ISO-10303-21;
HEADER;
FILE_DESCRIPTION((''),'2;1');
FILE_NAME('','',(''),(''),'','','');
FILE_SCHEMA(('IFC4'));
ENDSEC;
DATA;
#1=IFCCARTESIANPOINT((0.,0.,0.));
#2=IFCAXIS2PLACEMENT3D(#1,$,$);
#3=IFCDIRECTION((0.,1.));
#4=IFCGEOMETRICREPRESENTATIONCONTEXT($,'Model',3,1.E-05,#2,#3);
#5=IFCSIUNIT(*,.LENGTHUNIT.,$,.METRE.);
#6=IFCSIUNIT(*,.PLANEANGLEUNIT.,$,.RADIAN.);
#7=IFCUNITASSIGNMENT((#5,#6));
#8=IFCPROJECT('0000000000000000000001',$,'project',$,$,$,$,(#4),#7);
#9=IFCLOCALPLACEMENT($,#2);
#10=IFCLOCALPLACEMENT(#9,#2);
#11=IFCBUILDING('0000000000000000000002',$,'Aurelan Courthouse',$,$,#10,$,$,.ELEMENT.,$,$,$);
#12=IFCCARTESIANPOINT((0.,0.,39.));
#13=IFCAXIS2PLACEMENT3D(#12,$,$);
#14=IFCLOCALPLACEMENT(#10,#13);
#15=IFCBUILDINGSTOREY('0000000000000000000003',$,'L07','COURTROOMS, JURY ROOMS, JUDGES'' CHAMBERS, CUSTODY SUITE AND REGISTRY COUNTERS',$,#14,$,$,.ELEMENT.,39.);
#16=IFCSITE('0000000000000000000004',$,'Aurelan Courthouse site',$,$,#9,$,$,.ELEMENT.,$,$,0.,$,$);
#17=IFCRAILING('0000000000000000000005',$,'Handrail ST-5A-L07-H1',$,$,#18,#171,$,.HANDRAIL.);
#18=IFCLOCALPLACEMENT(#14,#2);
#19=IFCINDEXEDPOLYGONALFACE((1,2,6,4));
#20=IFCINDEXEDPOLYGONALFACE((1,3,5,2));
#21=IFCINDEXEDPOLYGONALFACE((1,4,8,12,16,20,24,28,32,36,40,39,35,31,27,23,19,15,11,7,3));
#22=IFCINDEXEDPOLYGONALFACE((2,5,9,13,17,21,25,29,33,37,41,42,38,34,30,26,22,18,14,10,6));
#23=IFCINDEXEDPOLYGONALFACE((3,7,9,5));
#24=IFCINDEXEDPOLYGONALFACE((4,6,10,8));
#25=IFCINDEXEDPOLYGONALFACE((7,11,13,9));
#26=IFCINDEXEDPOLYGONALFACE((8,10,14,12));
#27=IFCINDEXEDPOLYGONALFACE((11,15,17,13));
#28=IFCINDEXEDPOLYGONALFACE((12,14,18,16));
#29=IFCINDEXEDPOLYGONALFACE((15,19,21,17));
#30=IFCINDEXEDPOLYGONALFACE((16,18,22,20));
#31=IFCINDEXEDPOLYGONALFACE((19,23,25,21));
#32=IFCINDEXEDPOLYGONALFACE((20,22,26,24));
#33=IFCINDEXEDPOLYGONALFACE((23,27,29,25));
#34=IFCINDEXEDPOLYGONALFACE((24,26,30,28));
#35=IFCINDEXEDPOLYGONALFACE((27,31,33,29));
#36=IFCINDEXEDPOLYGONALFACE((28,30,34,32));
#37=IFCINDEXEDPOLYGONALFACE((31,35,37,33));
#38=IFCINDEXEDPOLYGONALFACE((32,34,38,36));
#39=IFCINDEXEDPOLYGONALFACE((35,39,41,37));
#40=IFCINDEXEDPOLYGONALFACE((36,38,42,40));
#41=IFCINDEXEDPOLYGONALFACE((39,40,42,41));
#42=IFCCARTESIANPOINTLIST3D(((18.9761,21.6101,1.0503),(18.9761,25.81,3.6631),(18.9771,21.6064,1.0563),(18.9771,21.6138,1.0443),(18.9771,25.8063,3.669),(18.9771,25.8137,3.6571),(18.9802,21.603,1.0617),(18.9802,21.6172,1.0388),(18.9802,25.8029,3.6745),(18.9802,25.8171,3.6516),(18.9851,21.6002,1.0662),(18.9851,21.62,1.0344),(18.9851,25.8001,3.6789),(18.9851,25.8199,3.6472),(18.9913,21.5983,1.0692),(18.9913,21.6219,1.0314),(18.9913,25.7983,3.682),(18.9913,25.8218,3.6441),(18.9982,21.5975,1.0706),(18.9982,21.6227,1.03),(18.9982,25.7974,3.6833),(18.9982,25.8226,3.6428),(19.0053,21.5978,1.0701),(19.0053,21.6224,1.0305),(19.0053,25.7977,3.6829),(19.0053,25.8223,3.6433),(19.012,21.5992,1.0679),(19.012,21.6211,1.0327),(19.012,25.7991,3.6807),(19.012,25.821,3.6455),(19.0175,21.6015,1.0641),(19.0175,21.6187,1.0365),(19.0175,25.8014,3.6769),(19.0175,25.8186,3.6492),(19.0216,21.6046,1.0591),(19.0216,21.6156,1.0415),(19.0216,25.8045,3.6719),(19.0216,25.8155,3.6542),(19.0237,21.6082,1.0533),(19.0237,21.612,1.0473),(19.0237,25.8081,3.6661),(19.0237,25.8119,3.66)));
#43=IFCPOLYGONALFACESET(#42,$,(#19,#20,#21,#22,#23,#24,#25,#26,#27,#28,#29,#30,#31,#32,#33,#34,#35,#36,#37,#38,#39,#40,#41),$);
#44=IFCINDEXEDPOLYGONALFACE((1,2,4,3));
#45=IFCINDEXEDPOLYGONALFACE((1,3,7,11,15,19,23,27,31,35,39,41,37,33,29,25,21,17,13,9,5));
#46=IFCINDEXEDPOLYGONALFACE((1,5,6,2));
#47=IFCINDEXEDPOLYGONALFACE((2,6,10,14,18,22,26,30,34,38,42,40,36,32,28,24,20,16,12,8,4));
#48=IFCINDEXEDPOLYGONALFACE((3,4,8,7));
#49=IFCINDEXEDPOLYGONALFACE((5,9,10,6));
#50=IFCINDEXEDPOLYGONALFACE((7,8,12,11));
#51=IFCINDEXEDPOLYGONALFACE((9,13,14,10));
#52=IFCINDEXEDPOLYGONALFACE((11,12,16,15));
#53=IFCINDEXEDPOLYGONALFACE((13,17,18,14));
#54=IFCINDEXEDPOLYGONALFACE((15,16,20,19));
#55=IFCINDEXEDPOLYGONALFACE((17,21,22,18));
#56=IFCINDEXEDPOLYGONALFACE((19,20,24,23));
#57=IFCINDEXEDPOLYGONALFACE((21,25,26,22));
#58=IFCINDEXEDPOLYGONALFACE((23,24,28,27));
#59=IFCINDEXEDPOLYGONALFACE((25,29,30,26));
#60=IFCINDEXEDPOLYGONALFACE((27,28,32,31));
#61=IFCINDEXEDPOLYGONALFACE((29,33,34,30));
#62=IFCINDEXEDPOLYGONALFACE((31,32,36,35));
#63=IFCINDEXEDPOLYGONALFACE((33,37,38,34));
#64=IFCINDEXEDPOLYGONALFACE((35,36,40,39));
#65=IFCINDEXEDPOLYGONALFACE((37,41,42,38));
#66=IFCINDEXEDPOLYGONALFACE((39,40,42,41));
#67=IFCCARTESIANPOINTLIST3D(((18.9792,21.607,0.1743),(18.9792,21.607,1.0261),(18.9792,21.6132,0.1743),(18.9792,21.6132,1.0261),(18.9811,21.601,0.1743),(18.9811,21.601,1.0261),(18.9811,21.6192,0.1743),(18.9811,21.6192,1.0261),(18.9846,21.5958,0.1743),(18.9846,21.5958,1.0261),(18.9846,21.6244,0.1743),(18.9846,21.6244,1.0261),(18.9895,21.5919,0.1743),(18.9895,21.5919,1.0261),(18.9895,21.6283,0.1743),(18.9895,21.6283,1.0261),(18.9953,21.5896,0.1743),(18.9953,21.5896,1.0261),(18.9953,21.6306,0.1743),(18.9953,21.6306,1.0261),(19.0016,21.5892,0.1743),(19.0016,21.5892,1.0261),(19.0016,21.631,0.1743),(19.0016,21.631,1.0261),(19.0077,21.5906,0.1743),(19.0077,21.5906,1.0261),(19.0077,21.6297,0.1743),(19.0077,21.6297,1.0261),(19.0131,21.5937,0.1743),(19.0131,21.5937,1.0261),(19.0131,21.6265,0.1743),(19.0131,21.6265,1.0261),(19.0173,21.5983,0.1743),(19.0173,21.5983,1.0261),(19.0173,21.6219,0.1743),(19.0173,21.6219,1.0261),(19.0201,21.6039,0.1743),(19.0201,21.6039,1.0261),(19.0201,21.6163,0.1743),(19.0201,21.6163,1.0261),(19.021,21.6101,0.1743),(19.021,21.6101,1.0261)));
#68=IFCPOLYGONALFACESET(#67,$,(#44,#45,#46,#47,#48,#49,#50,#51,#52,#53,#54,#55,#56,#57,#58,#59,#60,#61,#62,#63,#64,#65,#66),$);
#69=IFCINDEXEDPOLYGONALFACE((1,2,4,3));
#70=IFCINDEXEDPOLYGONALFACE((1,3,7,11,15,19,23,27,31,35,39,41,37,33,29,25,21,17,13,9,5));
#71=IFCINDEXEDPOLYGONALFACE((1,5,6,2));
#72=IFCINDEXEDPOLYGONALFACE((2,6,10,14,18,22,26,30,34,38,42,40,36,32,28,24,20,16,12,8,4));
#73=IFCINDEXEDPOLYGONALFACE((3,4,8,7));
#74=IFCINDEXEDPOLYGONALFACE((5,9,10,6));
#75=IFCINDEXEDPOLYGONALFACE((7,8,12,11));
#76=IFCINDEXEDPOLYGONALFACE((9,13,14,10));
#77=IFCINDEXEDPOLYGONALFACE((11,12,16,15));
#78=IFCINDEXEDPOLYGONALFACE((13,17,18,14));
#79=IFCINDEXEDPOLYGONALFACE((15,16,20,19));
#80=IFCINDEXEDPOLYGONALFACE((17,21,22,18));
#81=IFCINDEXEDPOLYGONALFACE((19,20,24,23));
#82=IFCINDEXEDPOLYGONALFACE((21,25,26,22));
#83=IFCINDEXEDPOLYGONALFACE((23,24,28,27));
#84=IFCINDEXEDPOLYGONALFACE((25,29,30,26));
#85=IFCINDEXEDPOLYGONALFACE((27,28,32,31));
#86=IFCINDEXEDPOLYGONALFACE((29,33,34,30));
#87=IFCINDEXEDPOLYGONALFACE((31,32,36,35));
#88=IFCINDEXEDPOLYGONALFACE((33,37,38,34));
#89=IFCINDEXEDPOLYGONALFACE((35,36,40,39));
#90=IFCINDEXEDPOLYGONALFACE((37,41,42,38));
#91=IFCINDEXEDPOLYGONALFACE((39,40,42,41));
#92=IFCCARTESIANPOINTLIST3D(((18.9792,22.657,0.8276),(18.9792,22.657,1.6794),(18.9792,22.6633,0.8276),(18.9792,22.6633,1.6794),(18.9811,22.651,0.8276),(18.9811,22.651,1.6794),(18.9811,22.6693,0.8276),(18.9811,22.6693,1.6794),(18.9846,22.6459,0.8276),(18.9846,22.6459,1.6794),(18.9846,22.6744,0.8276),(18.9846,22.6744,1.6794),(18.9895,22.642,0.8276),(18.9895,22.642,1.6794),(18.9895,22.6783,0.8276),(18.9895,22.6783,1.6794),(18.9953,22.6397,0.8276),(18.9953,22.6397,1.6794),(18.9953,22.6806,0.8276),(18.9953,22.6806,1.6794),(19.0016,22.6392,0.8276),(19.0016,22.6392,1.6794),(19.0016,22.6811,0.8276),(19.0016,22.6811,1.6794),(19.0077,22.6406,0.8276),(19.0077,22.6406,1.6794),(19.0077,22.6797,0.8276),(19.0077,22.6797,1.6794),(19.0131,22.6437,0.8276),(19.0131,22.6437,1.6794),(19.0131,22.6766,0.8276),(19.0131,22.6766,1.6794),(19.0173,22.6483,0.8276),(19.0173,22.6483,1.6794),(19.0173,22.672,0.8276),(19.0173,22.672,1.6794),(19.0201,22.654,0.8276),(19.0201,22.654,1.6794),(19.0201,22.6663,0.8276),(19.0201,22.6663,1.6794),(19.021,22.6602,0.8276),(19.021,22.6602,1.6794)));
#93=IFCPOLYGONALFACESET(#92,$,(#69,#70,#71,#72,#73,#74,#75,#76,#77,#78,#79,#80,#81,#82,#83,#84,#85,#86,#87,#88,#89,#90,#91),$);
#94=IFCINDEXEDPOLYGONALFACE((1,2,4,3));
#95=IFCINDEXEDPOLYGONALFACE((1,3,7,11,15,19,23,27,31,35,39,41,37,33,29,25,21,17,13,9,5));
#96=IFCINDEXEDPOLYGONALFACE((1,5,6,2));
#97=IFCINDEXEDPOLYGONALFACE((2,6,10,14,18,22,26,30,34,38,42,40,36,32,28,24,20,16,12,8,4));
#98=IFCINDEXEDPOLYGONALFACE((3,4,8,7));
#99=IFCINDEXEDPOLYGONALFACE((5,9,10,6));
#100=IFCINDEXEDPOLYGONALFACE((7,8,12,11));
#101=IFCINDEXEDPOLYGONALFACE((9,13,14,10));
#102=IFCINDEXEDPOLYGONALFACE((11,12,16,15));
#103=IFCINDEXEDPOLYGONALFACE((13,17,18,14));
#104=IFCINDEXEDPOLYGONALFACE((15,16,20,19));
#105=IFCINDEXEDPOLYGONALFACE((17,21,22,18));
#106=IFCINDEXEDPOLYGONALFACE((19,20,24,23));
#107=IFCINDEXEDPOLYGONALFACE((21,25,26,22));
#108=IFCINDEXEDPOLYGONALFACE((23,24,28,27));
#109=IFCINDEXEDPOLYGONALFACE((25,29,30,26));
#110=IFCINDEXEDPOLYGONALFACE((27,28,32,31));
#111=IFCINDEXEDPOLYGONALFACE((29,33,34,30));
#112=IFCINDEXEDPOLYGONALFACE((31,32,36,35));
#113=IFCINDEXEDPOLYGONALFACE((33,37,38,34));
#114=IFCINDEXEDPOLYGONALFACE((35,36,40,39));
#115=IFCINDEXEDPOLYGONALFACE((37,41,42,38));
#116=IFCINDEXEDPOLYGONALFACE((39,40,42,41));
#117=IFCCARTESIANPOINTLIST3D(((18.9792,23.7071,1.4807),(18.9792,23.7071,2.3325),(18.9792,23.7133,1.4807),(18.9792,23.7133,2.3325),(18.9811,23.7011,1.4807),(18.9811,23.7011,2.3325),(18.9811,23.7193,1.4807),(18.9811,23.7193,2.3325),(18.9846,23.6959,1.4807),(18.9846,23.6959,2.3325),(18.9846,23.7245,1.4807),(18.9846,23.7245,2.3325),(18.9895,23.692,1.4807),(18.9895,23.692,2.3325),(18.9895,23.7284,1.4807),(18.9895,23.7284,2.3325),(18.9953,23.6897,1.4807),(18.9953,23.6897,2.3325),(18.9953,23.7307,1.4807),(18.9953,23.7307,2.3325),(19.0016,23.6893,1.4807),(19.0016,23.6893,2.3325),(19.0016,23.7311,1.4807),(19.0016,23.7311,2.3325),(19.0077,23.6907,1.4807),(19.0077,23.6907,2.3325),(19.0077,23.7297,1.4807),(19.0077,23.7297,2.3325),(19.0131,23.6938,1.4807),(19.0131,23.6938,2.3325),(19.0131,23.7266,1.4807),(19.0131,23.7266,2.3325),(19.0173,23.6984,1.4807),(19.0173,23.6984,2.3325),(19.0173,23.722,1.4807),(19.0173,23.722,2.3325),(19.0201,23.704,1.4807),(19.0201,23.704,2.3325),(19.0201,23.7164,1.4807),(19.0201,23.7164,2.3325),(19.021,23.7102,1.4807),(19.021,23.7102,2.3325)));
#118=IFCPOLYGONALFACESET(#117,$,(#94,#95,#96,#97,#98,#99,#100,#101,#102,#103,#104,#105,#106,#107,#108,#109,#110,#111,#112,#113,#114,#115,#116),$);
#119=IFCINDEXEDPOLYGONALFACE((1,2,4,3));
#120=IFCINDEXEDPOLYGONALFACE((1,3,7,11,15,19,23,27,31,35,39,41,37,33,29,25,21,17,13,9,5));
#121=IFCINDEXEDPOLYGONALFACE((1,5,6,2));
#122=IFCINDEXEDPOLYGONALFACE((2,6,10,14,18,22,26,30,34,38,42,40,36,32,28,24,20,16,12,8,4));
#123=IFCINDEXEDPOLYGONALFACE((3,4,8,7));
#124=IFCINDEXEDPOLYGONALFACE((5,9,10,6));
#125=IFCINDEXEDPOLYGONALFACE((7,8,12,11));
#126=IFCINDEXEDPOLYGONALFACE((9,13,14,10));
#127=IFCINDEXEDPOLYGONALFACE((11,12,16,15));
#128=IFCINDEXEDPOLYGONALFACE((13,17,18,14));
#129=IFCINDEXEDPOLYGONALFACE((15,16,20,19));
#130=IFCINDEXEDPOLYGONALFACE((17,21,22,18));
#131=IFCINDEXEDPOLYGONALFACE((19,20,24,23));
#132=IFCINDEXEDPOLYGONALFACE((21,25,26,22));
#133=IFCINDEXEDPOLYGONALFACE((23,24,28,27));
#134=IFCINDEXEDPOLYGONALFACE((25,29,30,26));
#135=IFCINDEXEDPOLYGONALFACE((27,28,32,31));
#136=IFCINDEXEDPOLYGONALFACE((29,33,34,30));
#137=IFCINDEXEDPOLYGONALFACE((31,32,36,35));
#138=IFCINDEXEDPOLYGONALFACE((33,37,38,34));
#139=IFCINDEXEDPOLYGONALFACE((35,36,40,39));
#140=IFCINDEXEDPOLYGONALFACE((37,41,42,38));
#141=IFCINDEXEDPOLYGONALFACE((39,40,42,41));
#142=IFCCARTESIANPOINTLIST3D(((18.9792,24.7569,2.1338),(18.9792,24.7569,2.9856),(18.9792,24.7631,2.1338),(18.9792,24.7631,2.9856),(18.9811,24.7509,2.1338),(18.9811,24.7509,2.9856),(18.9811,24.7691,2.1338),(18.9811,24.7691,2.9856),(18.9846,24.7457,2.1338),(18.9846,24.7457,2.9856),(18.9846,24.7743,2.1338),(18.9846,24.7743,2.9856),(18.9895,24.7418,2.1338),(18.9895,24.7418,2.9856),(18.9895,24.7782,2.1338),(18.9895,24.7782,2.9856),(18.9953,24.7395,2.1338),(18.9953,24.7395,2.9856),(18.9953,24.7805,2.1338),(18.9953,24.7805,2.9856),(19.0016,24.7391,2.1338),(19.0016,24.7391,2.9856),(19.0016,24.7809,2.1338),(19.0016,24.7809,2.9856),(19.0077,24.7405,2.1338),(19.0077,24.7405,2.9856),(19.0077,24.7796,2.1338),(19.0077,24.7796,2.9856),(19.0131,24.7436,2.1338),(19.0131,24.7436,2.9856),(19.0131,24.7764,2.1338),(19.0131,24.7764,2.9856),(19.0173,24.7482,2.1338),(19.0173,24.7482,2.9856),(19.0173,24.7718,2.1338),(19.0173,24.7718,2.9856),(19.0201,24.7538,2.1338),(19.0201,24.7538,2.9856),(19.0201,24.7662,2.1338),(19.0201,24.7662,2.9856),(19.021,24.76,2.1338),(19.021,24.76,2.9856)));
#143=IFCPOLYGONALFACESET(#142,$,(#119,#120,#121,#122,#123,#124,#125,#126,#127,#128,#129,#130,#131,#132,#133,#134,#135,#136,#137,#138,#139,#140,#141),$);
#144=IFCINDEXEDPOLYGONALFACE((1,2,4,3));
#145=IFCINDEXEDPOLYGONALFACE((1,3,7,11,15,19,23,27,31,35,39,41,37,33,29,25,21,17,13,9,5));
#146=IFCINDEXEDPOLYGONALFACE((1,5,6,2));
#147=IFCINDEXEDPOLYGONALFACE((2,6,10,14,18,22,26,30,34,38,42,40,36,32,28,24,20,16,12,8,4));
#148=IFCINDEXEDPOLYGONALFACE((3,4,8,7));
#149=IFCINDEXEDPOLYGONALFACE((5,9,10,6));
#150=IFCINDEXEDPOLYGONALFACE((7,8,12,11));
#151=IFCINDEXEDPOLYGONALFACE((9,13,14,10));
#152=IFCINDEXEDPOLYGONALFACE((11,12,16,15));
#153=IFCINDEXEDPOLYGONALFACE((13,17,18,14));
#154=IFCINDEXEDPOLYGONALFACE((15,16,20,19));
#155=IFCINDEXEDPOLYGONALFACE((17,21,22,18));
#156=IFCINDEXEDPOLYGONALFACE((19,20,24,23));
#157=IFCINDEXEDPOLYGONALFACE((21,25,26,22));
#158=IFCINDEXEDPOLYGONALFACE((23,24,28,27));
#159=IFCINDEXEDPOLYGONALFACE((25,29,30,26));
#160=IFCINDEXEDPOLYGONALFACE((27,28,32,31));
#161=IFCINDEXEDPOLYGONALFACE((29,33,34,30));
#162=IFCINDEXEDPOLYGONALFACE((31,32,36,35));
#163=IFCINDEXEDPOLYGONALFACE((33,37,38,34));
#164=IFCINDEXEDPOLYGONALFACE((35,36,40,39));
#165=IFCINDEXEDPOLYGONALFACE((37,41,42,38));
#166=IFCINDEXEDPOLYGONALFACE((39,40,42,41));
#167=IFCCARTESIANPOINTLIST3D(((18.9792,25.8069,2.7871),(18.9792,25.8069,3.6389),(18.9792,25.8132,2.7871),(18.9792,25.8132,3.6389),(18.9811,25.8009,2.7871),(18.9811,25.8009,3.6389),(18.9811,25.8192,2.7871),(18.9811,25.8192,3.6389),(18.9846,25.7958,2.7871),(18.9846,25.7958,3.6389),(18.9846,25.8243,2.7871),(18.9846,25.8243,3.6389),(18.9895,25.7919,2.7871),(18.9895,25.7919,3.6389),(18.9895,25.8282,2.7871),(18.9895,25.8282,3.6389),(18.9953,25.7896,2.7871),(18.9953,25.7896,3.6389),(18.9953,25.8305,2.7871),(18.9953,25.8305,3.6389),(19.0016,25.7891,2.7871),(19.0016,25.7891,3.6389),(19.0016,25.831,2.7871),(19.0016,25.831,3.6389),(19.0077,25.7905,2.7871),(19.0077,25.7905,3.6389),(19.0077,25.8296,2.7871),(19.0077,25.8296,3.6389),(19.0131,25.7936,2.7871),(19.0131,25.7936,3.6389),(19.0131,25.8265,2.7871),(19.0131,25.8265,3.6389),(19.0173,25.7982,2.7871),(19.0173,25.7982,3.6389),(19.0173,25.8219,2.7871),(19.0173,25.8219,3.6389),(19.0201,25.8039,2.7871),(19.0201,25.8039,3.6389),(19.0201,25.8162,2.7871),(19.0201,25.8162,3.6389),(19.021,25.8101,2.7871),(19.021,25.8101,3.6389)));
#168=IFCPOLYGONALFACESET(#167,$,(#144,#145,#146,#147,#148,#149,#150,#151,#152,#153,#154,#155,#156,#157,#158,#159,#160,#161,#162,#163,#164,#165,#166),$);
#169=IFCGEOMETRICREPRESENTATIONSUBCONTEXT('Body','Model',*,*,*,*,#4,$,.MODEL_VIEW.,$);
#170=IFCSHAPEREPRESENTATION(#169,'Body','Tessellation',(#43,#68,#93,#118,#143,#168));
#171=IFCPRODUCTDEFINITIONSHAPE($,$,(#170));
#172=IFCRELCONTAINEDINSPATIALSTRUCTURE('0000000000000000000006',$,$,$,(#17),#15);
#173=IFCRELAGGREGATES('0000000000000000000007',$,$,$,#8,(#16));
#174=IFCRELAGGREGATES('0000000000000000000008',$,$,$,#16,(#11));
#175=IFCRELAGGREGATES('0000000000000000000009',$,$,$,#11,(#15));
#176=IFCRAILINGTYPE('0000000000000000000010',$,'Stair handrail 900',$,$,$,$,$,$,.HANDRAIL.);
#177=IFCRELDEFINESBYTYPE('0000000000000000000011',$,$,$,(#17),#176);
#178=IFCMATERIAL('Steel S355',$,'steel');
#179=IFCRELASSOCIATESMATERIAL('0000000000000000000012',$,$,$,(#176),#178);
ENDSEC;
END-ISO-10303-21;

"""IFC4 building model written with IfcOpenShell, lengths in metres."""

from ifc_helpers import new_model, si_unit, direction, frame, origin, origin_2d, place, context, subcontext, project, spatial, circle, extrude, material, type_object, element, save


model = new_model("IFC4")

# Units and contexts
model_context = context("Model", 3, precision=1e-05, world=origin(), true_north=direction((0.0, 1.0)))
body_context = subcontext(model_context, "Body", "Model", "MODEL_VIEW")
ifc_project = project(units=[si_unit("LENGTHUNIT", "METRE"), si_unit("PLANEANGLEUNIT", "RADIAN")], contexts=[model_context])

# Site, building, storey
site_placement = place(None, origin())
site = spatial("IfcSite", under=ifc_project, at=site_placement, Name="Aurelan Courthouse site", CompositionType="ELEMENT", RefElevation=0.0)
building_placement = place(site_placement, origin())
building = spatial("IfcBuilding", under=site, at=building_placement, Name="Aurelan Courthouse", CompositionType="ELEMENT")
storey_placement = place(building_placement, frame((0.0, 0.0, 39.0)))
storey = spatial("IfcBuildingStorey", under=building, at=storey_placement, Name="L07", Description="COURTROOMS, JURY ROOMS, JUDGES' CHAMBERS, CUSTODY SUITE AND REGISTRY COUNTERS", CompositionType="ELEMENT", Elevation=39.0)

# Railing
ifc_material_1 = material(Name="Steel S355", Category="steel")
railing_type_1 = type_object("IfcRailingType", Name="Stair handrail 900", PredefinedType="HANDRAIL", material=ifc_material_1)
for number, where, name in (
    (1, (19.0, 21.6101, 0.1743), "Handrail ST-5A-L07-H1"),
):
    element("IfcRailing", number, at=place(storey_placement, frame(where)), inside=storey, type_object=railing_type_1, Name=name, PredefinedType="HANDRAIL", context=body_context, shape_type="SweptSolid", body=[
        extrude(circle(Radius=0.0239, at=origin_2d()), frame((0.0, 0.0, 0.876), z_axis=(0.0, 0.849103, 0.528228), x_axis=(-1.0, 0.0, 0.0)), (0.0, 0.0, 1.0), 4.9463),
        extrude(circle(Radius=0.021, at=origin_2d()), origin(), (0.0, 0.0, 1.0), 0.8518),
        extrude(circle(Radius=0.021, at=origin_2d()), frame((0.0, 1.05, 0.6533)), (0.0, 0.0, 1.0), 0.8518),
        extrude(circle(Radius=0.021, at=origin_2d()), frame((0.0, 2.1001, 1.3064)), (0.0, 0.0, 1.0), 0.8518),
        extrude(circle(Radius=0.021, at=origin_2d()), frame((0.0, 3.1499, 1.9595)), (0.0, 0.0, 1.0), 0.8518),
        extrude(circle(Radius=0.021, at=origin_2d()), frame((0.0, 4.2, 2.6128)), (0.0, 0.0, 1.0), 0.8518),
    ])

save(model, "model.ifc")
